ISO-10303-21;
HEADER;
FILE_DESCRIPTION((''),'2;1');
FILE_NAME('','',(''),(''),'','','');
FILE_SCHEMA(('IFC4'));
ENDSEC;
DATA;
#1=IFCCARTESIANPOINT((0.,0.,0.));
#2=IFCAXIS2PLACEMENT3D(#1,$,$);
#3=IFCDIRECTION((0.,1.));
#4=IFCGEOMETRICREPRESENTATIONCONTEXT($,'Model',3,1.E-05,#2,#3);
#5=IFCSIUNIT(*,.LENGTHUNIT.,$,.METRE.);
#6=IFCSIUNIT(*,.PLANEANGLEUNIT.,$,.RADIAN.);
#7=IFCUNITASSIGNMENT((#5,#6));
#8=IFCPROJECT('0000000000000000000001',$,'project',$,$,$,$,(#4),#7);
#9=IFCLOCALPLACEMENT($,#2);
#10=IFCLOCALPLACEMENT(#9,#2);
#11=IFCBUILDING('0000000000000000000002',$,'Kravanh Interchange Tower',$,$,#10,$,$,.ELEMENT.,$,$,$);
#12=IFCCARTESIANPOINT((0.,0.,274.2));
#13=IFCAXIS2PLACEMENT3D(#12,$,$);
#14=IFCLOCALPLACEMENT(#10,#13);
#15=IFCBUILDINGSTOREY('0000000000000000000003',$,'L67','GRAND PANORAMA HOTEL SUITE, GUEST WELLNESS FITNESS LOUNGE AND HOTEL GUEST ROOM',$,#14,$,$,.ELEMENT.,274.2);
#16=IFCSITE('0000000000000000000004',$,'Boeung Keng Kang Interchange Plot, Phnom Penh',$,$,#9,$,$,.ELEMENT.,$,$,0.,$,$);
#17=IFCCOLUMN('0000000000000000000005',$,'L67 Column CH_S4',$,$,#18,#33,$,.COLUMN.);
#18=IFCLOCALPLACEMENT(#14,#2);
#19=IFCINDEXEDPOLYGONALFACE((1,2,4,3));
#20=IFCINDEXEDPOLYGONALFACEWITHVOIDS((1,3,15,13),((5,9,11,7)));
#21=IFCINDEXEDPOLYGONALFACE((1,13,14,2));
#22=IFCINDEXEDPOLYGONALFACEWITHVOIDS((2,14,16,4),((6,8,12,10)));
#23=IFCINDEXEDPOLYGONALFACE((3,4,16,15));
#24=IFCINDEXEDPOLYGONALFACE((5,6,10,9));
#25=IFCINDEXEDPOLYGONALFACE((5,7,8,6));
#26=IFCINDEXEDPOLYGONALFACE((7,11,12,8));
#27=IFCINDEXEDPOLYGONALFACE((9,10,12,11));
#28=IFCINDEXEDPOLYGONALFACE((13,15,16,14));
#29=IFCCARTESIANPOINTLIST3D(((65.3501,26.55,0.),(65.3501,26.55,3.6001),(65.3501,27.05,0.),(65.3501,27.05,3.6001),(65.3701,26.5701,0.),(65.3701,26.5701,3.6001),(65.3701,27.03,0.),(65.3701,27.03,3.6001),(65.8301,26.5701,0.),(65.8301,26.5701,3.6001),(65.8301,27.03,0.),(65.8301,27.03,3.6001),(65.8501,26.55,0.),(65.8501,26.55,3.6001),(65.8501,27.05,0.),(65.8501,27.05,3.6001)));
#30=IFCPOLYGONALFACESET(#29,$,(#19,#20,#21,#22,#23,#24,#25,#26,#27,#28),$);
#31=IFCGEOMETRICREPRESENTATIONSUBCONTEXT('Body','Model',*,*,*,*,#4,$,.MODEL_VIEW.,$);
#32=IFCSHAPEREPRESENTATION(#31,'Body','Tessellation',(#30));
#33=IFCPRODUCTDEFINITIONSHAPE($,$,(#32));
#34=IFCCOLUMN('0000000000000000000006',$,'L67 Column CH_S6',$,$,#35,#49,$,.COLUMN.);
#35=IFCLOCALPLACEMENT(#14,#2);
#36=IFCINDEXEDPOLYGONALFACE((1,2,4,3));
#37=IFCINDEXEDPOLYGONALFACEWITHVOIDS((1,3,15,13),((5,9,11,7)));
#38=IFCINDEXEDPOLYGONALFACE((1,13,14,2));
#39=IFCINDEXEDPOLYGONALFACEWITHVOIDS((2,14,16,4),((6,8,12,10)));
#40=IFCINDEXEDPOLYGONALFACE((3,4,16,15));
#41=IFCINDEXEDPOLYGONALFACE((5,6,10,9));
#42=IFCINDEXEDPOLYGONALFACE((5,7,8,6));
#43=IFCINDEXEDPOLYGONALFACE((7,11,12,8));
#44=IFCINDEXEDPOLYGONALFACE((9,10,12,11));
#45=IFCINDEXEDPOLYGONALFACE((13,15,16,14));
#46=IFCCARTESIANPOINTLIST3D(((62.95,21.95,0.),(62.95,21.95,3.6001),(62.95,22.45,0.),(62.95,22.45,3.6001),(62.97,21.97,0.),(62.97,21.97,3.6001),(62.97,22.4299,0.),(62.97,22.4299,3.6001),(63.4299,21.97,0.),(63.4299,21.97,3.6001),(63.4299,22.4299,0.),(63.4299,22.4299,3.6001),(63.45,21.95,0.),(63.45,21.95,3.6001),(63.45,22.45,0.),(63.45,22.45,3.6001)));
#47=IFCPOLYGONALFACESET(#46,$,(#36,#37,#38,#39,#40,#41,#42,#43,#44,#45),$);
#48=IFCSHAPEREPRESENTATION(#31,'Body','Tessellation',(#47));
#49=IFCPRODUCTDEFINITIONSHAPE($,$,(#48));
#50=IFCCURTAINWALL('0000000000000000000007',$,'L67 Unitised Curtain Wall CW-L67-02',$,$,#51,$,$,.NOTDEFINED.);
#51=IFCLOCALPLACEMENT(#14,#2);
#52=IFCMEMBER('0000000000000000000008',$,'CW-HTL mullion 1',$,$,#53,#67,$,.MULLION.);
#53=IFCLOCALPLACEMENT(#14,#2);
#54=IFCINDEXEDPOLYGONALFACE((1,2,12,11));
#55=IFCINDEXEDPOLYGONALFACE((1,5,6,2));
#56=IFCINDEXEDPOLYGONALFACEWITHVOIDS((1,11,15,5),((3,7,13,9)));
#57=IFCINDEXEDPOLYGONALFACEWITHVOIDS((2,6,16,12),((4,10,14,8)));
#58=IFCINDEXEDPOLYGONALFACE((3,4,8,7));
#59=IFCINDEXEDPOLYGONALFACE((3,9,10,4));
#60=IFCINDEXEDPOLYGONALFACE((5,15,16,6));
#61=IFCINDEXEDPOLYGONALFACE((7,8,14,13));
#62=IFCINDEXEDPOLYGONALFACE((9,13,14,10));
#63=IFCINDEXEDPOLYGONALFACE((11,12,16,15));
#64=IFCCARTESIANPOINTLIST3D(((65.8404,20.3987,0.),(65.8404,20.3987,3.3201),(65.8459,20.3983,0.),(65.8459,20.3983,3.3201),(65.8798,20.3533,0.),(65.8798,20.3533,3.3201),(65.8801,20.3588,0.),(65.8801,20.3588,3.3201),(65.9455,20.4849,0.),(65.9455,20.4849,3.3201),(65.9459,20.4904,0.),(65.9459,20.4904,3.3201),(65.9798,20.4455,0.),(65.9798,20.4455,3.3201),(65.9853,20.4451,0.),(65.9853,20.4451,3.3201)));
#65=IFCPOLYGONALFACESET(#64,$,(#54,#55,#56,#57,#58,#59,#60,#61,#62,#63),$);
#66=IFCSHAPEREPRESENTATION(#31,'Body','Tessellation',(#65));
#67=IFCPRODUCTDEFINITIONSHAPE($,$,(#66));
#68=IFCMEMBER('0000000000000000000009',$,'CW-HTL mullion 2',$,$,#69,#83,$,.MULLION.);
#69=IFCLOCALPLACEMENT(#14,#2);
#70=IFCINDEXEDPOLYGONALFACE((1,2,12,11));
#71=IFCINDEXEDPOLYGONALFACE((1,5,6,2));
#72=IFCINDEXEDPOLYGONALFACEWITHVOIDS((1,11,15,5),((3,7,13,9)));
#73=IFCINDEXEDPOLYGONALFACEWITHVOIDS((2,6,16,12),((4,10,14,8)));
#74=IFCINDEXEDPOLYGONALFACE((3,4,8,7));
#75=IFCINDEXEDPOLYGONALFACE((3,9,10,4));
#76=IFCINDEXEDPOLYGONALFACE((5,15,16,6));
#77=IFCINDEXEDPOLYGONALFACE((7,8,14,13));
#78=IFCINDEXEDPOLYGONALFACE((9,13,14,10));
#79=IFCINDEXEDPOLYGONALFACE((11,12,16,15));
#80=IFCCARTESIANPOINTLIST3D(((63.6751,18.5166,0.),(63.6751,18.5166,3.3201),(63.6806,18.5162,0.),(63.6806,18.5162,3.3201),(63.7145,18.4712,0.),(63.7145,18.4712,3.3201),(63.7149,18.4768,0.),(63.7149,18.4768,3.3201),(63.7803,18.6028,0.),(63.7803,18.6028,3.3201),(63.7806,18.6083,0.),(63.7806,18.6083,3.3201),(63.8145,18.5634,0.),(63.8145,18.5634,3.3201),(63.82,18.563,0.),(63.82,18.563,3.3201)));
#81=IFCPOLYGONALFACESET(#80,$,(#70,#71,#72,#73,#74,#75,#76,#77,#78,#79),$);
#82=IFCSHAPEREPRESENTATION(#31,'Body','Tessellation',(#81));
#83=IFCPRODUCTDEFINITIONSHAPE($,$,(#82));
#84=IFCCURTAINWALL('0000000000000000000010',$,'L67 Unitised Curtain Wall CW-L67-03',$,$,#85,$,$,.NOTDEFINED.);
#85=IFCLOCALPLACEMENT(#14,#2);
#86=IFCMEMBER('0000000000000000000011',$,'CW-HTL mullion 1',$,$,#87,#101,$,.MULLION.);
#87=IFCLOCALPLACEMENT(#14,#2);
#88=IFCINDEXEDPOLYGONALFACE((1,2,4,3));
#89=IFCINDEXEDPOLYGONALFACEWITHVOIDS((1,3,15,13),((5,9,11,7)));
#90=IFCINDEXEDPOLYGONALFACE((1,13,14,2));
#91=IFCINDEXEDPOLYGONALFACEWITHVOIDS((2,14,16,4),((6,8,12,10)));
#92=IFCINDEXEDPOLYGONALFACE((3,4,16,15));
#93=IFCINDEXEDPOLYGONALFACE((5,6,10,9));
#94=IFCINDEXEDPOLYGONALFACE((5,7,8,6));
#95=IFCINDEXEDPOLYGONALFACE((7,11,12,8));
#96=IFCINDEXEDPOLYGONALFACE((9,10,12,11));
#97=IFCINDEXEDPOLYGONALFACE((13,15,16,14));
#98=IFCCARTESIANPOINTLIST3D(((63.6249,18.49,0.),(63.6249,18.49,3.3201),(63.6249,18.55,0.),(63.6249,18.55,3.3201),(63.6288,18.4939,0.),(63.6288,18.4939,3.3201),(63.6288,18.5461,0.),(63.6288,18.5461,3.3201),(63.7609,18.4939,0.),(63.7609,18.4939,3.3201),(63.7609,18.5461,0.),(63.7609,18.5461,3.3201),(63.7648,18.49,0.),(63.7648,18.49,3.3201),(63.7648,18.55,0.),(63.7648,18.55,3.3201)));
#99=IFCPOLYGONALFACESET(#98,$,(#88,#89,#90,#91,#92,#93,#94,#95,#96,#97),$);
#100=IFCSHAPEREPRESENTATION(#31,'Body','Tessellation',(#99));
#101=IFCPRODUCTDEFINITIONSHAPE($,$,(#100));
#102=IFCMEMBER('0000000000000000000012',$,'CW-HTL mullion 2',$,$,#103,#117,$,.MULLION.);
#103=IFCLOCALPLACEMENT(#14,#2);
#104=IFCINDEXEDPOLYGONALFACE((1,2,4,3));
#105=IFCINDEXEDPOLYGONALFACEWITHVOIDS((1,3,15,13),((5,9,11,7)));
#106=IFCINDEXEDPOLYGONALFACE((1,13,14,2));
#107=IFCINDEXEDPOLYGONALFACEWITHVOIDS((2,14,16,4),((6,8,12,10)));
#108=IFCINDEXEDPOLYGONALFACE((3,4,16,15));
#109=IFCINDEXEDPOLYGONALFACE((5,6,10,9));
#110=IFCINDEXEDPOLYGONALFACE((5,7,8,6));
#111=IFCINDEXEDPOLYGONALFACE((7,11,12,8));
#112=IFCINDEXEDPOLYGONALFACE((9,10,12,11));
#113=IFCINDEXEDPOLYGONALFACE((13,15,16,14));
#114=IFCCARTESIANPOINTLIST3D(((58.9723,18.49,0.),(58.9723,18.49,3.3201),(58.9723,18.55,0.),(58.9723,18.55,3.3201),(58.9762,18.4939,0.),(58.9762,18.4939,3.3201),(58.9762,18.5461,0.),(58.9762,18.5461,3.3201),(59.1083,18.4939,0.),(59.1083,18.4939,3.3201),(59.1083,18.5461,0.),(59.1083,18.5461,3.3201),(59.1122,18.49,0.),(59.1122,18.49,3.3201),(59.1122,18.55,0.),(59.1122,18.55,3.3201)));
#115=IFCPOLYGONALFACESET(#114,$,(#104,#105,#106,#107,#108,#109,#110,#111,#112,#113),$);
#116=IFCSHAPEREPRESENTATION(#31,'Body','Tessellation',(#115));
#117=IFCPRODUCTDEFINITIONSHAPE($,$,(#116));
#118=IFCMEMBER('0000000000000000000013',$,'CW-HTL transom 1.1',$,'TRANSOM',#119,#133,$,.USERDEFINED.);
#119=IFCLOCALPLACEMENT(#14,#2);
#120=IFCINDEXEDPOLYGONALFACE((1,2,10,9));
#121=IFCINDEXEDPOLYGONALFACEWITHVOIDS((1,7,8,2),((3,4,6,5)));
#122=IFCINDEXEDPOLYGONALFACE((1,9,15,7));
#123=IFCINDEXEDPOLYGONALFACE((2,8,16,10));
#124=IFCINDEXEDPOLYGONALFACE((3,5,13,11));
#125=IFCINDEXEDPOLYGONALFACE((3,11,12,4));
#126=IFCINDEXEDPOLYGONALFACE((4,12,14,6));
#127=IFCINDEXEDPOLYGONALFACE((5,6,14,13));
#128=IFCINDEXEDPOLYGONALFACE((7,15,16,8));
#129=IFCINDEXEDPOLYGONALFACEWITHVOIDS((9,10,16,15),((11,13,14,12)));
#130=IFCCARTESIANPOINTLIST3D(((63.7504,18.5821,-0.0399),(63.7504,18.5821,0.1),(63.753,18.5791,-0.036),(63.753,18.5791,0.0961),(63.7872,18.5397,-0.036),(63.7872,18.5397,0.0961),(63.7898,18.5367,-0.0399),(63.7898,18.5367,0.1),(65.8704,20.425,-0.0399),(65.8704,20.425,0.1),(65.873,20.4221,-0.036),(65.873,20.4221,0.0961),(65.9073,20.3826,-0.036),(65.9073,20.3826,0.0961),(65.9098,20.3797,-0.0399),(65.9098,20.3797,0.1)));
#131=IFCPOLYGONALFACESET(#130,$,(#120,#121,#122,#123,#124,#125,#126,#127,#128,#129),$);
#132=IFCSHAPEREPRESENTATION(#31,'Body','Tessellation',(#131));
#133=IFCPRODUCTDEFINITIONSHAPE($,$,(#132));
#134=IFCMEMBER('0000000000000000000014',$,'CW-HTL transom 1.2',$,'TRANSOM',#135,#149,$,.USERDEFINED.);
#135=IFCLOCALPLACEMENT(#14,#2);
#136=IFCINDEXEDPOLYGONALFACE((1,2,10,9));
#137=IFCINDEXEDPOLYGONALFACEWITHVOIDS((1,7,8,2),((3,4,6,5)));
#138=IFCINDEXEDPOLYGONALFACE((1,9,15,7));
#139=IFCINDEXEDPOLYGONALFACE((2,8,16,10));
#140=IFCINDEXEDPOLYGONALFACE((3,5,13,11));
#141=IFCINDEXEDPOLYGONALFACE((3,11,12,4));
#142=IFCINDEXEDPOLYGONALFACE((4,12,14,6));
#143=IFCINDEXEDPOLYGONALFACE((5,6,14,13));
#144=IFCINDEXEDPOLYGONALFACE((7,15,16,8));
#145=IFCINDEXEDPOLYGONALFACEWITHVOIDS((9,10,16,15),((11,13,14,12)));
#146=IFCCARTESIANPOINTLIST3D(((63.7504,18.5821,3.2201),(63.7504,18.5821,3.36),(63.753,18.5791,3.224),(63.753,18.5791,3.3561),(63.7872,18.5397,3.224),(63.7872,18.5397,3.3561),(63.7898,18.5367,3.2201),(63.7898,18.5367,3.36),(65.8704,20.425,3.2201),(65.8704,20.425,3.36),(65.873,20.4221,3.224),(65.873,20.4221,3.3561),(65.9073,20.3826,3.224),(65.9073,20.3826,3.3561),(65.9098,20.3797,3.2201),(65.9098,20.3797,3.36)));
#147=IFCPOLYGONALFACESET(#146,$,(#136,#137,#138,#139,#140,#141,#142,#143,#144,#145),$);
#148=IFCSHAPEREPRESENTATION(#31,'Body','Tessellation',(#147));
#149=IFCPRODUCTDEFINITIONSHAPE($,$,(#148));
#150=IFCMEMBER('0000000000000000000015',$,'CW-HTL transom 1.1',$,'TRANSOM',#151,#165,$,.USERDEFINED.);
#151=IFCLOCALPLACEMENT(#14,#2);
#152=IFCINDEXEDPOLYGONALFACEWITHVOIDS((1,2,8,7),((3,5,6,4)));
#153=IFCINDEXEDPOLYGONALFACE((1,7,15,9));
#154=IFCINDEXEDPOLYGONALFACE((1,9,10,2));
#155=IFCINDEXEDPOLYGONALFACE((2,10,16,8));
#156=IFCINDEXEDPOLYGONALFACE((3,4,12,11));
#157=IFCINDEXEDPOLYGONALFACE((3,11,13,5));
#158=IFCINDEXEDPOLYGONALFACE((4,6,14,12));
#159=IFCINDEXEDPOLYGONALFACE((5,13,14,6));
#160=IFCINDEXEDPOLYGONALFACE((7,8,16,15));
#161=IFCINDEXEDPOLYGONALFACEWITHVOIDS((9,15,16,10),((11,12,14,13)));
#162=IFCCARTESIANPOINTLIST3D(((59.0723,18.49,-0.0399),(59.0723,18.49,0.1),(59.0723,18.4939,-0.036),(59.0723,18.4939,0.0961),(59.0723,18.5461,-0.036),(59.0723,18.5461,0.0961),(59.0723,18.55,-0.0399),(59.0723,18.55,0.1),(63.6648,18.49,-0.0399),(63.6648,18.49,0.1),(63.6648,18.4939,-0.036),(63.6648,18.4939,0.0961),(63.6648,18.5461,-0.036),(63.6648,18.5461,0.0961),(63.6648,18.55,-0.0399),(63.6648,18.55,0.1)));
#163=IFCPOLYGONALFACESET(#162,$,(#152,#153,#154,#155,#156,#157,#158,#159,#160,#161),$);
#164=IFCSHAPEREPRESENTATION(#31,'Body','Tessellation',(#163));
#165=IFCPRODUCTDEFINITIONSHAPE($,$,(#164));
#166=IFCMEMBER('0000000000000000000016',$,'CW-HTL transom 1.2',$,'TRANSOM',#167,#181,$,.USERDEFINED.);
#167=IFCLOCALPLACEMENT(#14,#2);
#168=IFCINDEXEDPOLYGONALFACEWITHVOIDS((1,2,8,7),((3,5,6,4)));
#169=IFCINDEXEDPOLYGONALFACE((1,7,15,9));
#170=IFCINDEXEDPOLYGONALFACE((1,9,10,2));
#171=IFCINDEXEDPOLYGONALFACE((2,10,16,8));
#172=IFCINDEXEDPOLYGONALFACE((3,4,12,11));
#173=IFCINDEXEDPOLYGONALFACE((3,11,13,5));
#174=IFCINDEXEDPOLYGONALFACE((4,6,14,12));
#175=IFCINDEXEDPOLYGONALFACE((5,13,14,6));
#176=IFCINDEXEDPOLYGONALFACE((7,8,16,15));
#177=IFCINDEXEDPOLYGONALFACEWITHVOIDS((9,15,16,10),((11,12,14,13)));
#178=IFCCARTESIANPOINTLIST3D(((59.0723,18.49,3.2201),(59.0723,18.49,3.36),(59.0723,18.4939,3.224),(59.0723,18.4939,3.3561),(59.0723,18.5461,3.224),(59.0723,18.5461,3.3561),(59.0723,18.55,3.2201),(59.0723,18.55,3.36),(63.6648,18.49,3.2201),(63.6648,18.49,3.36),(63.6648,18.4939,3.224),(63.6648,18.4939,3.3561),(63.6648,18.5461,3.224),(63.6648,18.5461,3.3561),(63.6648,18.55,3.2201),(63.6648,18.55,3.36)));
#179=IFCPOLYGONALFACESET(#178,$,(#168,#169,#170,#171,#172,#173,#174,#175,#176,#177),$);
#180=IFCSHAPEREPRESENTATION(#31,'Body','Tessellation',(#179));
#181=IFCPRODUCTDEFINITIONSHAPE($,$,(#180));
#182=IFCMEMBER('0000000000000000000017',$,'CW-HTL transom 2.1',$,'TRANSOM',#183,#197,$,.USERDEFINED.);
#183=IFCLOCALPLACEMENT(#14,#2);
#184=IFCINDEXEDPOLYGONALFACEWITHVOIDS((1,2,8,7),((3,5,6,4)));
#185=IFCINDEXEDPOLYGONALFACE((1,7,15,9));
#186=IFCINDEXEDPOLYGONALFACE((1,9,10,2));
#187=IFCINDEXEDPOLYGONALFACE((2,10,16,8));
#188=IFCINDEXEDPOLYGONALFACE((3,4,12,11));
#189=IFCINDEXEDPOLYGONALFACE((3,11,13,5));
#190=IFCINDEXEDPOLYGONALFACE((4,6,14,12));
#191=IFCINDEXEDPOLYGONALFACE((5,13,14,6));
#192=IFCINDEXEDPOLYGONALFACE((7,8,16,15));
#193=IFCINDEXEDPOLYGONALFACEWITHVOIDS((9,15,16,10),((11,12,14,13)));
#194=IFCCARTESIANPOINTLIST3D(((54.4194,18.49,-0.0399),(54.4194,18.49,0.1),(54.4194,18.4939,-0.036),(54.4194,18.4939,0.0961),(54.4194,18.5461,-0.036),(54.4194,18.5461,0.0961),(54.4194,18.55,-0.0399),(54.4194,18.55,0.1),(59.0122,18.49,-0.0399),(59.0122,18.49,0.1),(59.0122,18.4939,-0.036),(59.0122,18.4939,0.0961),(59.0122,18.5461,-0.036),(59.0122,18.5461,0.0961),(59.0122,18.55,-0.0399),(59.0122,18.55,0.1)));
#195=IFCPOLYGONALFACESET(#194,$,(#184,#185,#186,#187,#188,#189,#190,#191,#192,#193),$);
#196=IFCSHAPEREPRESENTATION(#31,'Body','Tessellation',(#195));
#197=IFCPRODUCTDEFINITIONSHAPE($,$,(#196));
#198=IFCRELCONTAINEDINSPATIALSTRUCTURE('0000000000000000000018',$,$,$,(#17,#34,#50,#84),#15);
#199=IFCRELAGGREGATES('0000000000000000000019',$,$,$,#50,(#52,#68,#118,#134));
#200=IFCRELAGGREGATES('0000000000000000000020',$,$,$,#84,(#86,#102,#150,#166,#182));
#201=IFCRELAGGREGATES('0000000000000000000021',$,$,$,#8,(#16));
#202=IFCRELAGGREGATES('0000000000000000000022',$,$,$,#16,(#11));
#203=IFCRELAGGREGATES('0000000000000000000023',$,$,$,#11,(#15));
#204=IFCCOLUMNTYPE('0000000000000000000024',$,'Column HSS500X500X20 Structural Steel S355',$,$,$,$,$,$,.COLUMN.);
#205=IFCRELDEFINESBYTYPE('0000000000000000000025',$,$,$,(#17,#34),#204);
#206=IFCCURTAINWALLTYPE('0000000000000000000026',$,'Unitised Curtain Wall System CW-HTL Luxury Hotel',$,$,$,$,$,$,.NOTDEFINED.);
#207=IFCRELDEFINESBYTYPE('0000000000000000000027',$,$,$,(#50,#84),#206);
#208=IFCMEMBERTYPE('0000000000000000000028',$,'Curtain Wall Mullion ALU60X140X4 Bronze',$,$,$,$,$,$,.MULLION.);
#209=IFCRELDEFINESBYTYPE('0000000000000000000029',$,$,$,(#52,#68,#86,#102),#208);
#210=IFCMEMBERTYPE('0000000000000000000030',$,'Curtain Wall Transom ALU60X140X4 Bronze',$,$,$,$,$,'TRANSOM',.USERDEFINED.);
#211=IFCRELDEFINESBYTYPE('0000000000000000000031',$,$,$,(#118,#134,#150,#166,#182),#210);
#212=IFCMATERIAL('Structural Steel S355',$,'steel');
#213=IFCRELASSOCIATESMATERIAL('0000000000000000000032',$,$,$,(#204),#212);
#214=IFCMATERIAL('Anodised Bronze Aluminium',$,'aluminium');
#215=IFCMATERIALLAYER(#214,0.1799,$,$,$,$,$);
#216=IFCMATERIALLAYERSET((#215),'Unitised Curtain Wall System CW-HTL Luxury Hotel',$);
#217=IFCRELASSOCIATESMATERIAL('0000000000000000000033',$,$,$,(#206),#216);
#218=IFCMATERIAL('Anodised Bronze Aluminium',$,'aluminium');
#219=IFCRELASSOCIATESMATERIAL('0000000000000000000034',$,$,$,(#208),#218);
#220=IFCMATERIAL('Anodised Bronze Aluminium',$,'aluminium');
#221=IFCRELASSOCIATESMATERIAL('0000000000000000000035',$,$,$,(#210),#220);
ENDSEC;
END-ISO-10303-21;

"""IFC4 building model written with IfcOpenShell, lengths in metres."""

from ifc_helpers import new_model, si_unit, direction, frame, origin, origin_2d, place, context, subcontext, project, spatial, hollow_rectangle, extrude, material, layer, layer_set, material_profile, profile_set, type_object, element, aggregate, save


model = new_model("IFC4")

# Units and contexts
model_context = context("Model", 3, precision=1e-05, world=origin(), true_north=direction((0.0, 1.0)))
body_context = subcontext(model_context, "Body", "Model", "MODEL_VIEW")
ifc_project = project(units=[si_unit("LENGTHUNIT", "METRE"), si_unit("PLANEANGLEUNIT", "RADIAN")], contexts=[model_context])

# Site, building, storey
site_placement = place(None, origin())
site = spatial("IfcSite", under=ifc_project, at=site_placement, Name="Boeung Keng Kang Interchange Plot, Phnom Penh", CompositionType="ELEMENT", RefElevation=0.0)
building_placement = place(site_placement, origin())
building = spatial("IfcBuilding", under=site, at=building_placement, Name="Kravanh Interchange Tower", CompositionType="ELEMENT")
storey_placement = place(building_placement, frame((0.0, 0.0, 274.2)))
storey = spatial("IfcBuildingStorey", under=building, at=storey_placement, Name="L67", Description="GRAND PANORAMA HOTEL SUITE, GUEST WELLNESS FITNESS LOUNGE AND HOTEL GUEST ROOM", CompositionType="ELEMENT", Elevation=274.2)

# Columns
ifc_material_1 = material(Name="Structural Steel S355", Category="steel")
ifc_material_profile_1 = material_profile(ifc_material_1, hollow_rectangle(XDim=0.5, YDim=0.5, WallThickness=0.02, at=origin_2d()), Name="HSS500X500X20")
ifc_profile_set_1 = profile_set([ifc_material_profile_1], Name="Structural Steel S355")
column_type = type_object("IfcColumnType", Name="Column HSS500X500X20 Structural Steel S355", PredefinedType="COLUMN", material=ifc_profile_set_1)
for number, where, z_axis, x_axis, name in (
    (1, (65.6001, 26.8, 0.0), (0.0, 0.0, 1.0), (1.0, 0.0, 0.0), "L67 Column CH_S4"),
    (2, (63.2, 22.2, 0.0), (0.0, 0.0, 1.0), (1.0, 0.0, 0.0), "L67 Column CH_S6"),
):
    element("IfcColumn", number, at=place(storey_placement, frame(where, z_axis=z_axis, x_axis=x_axis)), inside=storey, type_object=column_type, Name=name, PredefinedType="COLUMN", context=body_context, shape_type="SweptSolid", body=[
        extrude(hollow_rectangle(XDim=0.5, YDim=0.5, WallThickness=0.02, at=origin_2d()), origin(), (0.0, 0.0, 1.0), 3.6001),
    ])

# Curtain walls, members
ifc_material_2 = material(Name="Anodised Bronze Aluminium", Category="aluminium")
ifc_layer_1 = layer(ifc_material_2, 0.1799)
ifc_layer_set_1 = layer_set([ifc_layer_1], Name="Unitised Curtain Wall System CW-HTL Luxury Hotel")
curtain_wall_type = type_object("IfcCurtainWallType", Name="Unitised Curtain Wall System CW-HTL Luxury Hotel", PredefinedType="NOTDEFINED", material=ifc_layer_set_1)
curtain_wall_1_placement = place(storey_placement, origin())
curtain_wall_1 = element("IfcCurtainWall", 3, at=curtain_wall_1_placement, inside=storey, type_object=curtain_wall_type, Name="L67 Unitised Curtain Wall CW-L67-02", PredefinedType="NOTDEFINED")
ifc_material_3 = material(Name="Anodised Bronze Aluminium", Category="aluminium")
ifc_material_profile_2 = material_profile(ifc_material_3, hollow_rectangle(XDim=0.0601, YDim=0.1399, WallThickness=0.0039, at=origin_2d()), Name="ALU60X140X4")
ifc_profile_set_2 = profile_set([ifc_material_profile_2], Name="Anodised Bronze Aluminium")
member_type_1 = type_object("IfcMemberType", Name="Curtain Wall Mullion ALU60X140X4 Bronze", PredefinedType="MULLION", material=ifc_profile_set_2)
member_1_placement = place(storey_placement, frame((65.9128, 20.4219, 0.0), z_axis=(0.0, 0.0, 1.0), x_axis=(0.656033, -0.754732, 0.0)))
member_1 = element("IfcMember", 4, at=member_1_placement, type_object=member_type_1, Name="CW-HTL mullion 1", PredefinedType="MULLION", context=body_context, shape_type="SweptSolid", body=[
    extrude(hollow_rectangle(XDim=0.0601, YDim=0.1399, WallThickness=0.0039, at=origin_2d()), origin(), (0.0, 0.0, 1.0), 3.3201),
])
member_2_placement = place(storey_placement, frame((63.7476, 18.5398, 0.0), z_axis=(0.0, 0.0, 1.0), x_axis=(0.656033, -0.754732, 0.0)))
member_2 = element("IfcMember", 5, at=member_2_placement, type_object=member_type_1, Name="CW-HTL mullion 2", PredefinedType="MULLION", context=body_context, shape_type="SweptSolid", body=[
    extrude(hollow_rectangle(XDim=0.0601, YDim=0.1399, WallThickness=0.0039, at=origin_2d()), origin(), (0.0, 0.0, 1.0), 3.3201),
])
curtain_wall_2_placement = place(storey_placement, origin())
curtain_wall_2 = element("IfcCurtainWall", 6, at=curtain_wall_2_placement, inside=storey, type_object=curtain_wall_type, Name="L67 Unitised Curtain Wall CW-L67-03", PredefinedType="NOTDEFINED")
member_3_placement = place(storey_placement, frame((63.6948, 18.52, 0.0), z_axis=(0.0, 0.0, 1.0), x_axis=(0.0, -1.0, 0.0)))
member_3 = element("IfcMember", 7, at=member_3_placement, type_object=member_type_1, Name="CW-HTL mullion 1", PredefinedType="MULLION", context=body_context, shape_type="SweptSolid", body=[
    extrude(hollow_rectangle(XDim=0.0601, YDim=0.1399, WallThickness=0.0039, at=origin_2d()), origin(), (0.0, 0.0, 1.0), 3.3201),
])
member_4_placement = place(storey_placement, frame((59.0422, 18.52, 0.0), z_axis=(0.0, 0.0, 1.0), x_axis=(0.0, -1.0, 0.0)))
member_4 = element("IfcMember", 8, at=member_4_placement, type_object=member_type_1, Name="CW-HTL mullion 2", PredefinedType="MULLION", context=body_context, shape_type="SweptSolid", body=[
    extrude(hollow_rectangle(XDim=0.0601, YDim=0.1399, WallThickness=0.0039, at=origin_2d()), origin(), (0.0, 0.0, 1.0), 3.3201),
])

# Members
ifc_material_4 = material(Name="Anodised Bronze Aluminium", Category="aluminium")
ifc_material_profile_3 = material_profile(ifc_material_4, hollow_rectangle(XDim=0.0601, YDim=0.1399, WallThickness=0.0039, at=origin_2d()), Name="ALU60X140X4")
ifc_profile_set_3 = profile_set([ifc_material_profile_3], Name="Anodised Bronze Aluminium")
member_type_2 = type_object("IfcMemberType", Name="Curtain Wall Transom ALU60X140X4 Bronze", ElementType="TRANSOM", PredefinedType="USERDEFINED", material=ifc_profile_set_3)
member_5_placement = place(storey_placement, frame((65.8901, 20.4023, 0.03), z_axis=(-0.754705, -0.656065, 0.0), x_axis=(0.656065, -0.754705, 0.0)))
member_5 = element("IfcMember", 9, at=member_5_placement, type_object=member_type_2, Name="CW-HTL transom 1.1", ObjectType="TRANSOM", PredefinedType="USERDEFINED", context=body_context, shape_type="SweptSolid", body=[
    extrude(hollow_rectangle(XDim=0.0601, YDim=0.1399, WallThickness=0.0039, at=origin_2d()), origin(), (0.0, 0.0, 1.0), 2.8091),
])
member_6_placement = place(storey_placement, frame((65.8901, 20.4023, 3.29), z_axis=(-0.754705, -0.656065, 0.0), x_axis=(0.656065, -0.754705, 0.0)))
member_6 = element("IfcMember", 10, at=member_6_placement, type_object=member_type_2, Name="CW-HTL transom 1.2", ObjectType="TRANSOM", PredefinedType="USERDEFINED", context=body_context, shape_type="SweptSolid", body=[
    extrude(hollow_rectangle(XDim=0.0601, YDim=0.1399, WallThickness=0.0039, at=origin_2d()), origin(), (0.0, 0.0, 1.0), 2.8091),
])
member_7_placement = place(storey_placement, frame((63.6648, 18.52, 0.03), z_axis=(-1.0, 0.0, 0.0), x_axis=(0.0, -1.0, 0.0)))
member_7 = element("IfcMember", 11, at=member_7_placement, type_object=member_type_2, Name="CW-HTL transom 1.1", ObjectType="TRANSOM", PredefinedType="USERDEFINED", context=body_context, shape_type="SweptSolid", body=[
    extrude(hollow_rectangle(XDim=0.0601, YDim=0.1399, WallThickness=0.0039, at=origin_2d()), origin(), (0.0, 0.0, 1.0), 4.5925),
])
member_8_placement = place(storey_placement, frame((63.6648, 18.52, 3.29), z_axis=(-1.0, 0.0, 0.0), x_axis=(0.0, -1.0, 0.0)))
member_8 = element("IfcMember", 12, at=member_8_placement, type_object=member_type_2, Name="CW-HTL transom 1.2", ObjectType="TRANSOM", PredefinedType="USERDEFINED", context=body_context, shape_type="SweptSolid", body=[
    extrude(hollow_rectangle(XDim=0.0601, YDim=0.1399, WallThickness=0.0039, at=origin_2d()), origin(), (0.0, 0.0, 1.0), 4.5925),
])
member_9_placement = place(storey_placement, frame((59.0122, 18.52, 0.03), z_axis=(-1.0, 0.0, 0.0), x_axis=(0.0, -1.0, 0.0)))
member_9 = element("IfcMember", 13, at=member_9_placement, type_object=member_type_2, Name="CW-HTL transom 2.1", ObjectType="TRANSOM", PredefinedType="USERDEFINED", context=body_context, shape_type="SweptSolid", body=[
    extrude(hollow_rectangle(XDim=0.0601, YDim=0.1399, WallThickness=0.0039, at=origin_2d()), origin(), (0.0, 0.0, 1.0), 4.5928),
])

aggregate(curtain_wall_1, [member_1, member_2, member_5, member_6])
aggregate(curtain_wall_2, [member_3, member_4, member_7, member_8, member_9])

save(model, "model.ifc")
